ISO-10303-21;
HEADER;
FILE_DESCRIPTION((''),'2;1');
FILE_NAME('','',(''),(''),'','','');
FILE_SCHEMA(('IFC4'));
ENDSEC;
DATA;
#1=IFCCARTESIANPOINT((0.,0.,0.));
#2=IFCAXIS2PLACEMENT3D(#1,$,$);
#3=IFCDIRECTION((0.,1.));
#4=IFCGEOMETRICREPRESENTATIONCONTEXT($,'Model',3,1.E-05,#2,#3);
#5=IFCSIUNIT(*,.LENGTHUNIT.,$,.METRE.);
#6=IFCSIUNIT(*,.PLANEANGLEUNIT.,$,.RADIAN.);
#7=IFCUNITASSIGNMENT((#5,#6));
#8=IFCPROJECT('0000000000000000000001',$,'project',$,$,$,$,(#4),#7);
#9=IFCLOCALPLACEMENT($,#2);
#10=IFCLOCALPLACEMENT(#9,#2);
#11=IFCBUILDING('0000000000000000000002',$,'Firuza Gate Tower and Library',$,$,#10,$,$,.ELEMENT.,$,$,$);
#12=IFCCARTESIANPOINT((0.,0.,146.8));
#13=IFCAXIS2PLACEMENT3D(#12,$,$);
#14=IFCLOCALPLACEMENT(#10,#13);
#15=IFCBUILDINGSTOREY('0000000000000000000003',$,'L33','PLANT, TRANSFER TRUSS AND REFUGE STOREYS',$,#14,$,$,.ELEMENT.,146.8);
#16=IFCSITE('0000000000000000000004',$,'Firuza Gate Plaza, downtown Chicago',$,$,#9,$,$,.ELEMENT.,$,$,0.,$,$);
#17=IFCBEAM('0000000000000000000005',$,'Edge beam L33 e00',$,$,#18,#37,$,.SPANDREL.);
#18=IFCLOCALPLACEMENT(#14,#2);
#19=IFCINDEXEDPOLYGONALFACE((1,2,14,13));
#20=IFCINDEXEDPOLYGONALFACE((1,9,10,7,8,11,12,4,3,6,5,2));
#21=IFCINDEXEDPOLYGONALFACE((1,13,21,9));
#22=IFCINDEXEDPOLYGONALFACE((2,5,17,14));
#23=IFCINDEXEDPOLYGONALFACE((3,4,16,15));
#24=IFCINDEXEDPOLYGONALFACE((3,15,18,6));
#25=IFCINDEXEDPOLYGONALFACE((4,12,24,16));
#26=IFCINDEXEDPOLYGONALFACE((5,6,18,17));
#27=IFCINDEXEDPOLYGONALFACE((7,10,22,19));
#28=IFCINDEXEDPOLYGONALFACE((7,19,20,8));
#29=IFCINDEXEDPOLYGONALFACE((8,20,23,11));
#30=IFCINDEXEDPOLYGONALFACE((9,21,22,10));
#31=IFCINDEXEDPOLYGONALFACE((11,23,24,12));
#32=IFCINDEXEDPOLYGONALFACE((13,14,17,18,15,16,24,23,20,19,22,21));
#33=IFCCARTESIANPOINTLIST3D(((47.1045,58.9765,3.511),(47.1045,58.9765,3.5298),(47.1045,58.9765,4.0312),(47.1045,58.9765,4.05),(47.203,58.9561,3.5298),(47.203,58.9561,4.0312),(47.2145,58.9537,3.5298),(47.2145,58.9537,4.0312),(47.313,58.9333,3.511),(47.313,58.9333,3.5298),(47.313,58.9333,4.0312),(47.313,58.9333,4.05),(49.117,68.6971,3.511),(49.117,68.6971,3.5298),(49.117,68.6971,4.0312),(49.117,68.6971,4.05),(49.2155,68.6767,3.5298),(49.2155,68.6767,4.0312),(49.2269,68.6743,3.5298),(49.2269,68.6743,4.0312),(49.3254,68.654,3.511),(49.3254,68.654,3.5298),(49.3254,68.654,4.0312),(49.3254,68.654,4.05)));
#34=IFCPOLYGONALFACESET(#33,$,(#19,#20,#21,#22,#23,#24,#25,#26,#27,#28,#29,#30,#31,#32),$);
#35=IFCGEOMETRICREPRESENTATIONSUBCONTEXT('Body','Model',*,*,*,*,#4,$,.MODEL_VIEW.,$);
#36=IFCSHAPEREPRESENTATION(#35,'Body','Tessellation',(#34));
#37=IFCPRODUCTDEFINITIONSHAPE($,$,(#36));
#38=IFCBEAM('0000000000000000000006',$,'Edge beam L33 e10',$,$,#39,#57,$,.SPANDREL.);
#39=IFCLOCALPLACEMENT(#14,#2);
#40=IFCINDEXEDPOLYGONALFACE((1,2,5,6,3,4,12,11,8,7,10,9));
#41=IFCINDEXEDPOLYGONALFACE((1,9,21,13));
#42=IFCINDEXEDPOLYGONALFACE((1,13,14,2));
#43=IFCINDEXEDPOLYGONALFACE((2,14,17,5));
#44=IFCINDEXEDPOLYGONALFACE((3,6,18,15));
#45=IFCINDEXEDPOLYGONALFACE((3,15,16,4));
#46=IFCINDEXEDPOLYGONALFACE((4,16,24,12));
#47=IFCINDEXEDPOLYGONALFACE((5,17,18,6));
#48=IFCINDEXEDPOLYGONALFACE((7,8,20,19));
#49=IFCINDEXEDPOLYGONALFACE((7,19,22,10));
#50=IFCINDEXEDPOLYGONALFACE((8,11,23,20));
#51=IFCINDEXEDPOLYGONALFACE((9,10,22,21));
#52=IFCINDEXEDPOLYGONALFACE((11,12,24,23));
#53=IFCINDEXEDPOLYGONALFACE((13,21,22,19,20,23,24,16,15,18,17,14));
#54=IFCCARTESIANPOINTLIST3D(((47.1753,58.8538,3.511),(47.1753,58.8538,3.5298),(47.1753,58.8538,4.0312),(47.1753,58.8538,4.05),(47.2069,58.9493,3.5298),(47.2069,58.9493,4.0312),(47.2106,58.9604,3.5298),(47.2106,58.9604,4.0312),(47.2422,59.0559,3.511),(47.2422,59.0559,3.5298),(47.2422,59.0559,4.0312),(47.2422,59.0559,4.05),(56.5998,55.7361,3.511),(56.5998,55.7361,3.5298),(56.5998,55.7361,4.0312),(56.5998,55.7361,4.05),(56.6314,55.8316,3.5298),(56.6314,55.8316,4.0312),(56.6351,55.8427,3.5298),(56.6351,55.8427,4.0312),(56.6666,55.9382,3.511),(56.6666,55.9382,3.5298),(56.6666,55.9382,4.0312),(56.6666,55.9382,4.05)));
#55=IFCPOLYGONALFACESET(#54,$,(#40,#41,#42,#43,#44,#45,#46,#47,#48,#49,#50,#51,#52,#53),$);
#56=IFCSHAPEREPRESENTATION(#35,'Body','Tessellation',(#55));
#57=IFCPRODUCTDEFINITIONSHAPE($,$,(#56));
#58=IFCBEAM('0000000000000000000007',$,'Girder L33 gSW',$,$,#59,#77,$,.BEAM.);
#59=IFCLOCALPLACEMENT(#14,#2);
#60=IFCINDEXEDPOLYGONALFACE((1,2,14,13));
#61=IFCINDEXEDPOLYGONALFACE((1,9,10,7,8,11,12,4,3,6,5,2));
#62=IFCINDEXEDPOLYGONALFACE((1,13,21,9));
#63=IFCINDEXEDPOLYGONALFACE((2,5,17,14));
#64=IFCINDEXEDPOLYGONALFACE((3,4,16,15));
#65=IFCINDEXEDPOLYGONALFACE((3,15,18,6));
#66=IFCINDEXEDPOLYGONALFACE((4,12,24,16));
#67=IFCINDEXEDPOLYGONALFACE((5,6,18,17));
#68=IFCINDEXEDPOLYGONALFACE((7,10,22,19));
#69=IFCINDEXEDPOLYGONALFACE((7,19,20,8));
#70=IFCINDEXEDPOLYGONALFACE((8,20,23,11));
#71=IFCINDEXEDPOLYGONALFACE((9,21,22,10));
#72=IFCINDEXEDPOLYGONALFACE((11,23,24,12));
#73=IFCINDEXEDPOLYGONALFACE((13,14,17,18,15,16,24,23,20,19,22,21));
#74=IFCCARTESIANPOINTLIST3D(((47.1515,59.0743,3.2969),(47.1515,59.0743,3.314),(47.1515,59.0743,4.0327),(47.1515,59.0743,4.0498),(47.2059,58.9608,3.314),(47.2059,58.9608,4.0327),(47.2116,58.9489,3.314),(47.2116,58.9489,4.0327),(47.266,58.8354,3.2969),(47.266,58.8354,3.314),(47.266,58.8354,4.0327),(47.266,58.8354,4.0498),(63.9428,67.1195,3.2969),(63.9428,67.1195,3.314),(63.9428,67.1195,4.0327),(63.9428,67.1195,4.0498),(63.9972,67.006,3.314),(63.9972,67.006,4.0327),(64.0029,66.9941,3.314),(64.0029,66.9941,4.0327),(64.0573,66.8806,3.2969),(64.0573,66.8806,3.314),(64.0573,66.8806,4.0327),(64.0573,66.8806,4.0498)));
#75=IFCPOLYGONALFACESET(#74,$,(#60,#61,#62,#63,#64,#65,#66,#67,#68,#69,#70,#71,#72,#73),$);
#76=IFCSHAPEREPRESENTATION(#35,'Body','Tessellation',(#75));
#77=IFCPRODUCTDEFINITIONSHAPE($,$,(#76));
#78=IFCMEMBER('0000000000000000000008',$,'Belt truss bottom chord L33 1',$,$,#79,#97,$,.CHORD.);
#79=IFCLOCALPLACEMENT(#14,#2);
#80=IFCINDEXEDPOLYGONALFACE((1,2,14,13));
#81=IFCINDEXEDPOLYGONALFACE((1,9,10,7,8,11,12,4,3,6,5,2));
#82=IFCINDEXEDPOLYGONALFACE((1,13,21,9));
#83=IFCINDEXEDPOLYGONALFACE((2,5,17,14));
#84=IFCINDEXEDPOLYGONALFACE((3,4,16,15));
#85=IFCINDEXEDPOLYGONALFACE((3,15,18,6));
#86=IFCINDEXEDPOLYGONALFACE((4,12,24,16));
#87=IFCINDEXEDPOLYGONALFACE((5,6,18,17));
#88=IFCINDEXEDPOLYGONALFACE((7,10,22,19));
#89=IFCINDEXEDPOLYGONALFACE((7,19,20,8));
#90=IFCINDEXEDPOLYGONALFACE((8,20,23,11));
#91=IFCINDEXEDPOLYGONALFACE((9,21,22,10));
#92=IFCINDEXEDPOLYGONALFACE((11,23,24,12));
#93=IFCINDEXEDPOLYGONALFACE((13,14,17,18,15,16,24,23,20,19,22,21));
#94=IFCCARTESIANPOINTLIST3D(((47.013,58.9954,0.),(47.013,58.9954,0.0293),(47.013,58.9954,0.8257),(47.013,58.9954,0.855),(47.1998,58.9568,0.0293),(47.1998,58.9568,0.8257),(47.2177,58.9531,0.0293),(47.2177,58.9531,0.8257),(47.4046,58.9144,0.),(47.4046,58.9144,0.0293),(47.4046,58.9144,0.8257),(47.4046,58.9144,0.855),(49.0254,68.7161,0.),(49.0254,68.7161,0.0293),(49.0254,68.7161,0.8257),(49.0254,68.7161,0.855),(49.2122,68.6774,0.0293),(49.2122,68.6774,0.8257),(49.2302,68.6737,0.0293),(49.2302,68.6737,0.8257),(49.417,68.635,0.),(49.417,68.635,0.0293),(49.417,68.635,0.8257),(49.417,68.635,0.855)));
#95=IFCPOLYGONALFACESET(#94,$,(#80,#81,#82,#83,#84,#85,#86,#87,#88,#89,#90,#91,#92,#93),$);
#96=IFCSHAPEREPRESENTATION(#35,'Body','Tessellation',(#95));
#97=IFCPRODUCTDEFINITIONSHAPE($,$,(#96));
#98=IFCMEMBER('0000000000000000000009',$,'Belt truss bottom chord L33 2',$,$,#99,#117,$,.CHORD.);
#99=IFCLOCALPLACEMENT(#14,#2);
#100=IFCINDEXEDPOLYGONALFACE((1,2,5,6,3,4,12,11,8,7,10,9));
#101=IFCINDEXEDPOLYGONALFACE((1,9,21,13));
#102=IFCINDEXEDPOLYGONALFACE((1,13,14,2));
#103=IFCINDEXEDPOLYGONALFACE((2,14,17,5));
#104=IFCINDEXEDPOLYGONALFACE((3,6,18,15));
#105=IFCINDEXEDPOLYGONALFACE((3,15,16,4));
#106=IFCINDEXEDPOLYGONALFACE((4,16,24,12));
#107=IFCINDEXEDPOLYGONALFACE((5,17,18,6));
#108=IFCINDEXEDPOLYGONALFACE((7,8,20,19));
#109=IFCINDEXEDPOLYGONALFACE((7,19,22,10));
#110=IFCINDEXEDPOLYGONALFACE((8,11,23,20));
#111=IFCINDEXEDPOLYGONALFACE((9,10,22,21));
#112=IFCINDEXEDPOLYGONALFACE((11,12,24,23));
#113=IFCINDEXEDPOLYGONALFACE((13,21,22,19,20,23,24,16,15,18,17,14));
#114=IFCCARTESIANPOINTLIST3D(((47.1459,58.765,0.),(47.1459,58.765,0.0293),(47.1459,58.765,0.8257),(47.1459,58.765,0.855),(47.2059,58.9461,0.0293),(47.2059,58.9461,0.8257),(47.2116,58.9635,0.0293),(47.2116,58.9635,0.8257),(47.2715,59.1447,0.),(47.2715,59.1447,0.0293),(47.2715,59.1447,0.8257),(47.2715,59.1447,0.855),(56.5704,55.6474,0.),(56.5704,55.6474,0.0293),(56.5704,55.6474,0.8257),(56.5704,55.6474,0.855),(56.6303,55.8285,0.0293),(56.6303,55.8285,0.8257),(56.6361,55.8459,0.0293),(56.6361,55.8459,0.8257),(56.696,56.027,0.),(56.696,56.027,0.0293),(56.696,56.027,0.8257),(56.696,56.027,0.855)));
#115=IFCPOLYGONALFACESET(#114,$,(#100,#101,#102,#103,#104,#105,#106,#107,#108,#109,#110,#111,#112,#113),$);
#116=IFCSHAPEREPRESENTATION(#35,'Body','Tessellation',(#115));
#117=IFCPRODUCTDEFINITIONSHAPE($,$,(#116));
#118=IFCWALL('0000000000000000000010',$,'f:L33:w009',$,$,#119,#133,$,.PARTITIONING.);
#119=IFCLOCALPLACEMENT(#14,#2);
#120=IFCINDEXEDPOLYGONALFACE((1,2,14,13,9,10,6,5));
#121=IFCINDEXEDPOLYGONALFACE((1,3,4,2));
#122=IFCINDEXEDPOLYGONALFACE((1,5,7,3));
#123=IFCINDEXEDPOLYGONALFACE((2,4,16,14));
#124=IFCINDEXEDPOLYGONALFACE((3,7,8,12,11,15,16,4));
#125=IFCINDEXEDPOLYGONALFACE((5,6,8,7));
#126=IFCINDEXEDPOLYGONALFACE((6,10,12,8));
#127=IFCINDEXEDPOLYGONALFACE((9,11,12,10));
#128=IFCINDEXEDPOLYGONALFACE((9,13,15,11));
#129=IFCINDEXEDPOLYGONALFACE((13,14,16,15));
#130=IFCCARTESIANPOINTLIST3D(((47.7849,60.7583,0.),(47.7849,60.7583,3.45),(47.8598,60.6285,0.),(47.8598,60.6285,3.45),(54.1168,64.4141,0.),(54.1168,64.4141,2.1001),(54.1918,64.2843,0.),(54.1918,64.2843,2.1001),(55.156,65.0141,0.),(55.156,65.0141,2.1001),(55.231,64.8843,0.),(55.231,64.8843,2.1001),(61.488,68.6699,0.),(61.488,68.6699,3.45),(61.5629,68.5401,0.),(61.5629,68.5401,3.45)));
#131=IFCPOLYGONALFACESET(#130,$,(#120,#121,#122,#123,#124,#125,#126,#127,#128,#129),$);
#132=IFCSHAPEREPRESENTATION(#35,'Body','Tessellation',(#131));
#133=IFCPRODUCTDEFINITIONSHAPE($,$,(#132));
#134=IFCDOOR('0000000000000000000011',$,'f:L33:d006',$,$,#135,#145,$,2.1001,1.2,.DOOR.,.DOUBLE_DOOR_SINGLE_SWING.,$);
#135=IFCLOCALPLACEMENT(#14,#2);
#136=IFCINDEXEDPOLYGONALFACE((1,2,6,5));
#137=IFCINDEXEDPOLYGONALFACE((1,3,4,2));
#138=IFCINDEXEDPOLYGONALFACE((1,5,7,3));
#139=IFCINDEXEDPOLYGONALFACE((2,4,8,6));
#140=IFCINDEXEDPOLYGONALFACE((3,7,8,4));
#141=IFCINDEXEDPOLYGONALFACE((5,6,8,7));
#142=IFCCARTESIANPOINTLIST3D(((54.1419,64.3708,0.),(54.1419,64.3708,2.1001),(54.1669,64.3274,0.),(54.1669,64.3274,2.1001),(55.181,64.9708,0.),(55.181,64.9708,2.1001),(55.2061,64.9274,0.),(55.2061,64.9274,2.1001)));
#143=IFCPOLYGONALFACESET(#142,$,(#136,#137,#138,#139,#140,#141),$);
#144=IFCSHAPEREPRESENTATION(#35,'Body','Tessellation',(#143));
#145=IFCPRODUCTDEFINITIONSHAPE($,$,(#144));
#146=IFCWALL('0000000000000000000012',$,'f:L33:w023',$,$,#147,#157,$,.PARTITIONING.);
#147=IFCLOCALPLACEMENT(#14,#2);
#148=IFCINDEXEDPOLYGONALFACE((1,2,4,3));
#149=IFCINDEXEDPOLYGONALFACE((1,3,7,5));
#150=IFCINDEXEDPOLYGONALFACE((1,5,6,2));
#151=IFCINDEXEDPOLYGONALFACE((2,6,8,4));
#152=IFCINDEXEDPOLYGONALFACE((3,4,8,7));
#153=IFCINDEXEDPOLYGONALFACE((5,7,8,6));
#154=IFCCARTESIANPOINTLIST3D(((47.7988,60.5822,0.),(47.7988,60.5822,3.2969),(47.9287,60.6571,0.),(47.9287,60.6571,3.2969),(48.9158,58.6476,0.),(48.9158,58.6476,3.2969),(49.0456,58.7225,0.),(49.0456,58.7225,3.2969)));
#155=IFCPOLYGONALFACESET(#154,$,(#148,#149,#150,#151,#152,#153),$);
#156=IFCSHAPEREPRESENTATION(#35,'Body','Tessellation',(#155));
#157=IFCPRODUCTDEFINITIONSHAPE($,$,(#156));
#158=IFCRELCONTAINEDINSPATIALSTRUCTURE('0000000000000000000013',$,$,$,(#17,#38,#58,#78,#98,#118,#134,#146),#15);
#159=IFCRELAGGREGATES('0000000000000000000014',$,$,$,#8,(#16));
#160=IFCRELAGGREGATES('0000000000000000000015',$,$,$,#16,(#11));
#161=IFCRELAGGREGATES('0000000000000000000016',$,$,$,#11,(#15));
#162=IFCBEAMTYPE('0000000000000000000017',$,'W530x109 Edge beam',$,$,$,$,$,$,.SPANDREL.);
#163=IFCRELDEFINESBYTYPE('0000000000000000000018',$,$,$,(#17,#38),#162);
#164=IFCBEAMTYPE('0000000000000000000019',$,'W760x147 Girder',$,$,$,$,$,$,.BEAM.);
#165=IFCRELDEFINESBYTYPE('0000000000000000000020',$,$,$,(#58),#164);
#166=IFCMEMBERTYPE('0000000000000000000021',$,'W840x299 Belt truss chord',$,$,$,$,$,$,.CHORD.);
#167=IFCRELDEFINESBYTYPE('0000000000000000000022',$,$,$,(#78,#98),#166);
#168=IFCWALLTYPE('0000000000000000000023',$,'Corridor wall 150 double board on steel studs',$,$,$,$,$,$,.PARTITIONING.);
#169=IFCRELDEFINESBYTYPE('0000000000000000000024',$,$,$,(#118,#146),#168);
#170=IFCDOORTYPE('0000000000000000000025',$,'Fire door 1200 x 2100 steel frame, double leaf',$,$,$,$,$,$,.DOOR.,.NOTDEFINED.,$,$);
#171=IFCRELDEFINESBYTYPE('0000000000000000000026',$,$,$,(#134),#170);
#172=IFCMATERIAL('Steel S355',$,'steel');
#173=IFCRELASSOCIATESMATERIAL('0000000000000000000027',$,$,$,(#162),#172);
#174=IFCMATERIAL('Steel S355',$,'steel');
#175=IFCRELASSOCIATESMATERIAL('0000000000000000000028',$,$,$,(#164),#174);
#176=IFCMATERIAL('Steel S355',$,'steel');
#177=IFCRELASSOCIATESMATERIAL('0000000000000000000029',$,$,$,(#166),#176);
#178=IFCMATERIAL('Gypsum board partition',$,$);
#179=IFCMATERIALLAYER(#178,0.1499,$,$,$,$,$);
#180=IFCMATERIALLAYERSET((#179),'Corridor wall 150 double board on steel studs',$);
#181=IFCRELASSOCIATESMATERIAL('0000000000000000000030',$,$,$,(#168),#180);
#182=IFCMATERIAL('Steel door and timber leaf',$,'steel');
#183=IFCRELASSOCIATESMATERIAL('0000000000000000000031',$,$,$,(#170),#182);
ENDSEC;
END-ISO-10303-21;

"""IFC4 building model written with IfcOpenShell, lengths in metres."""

from ifc_helpers import new_model, si_unit, direction, frame, frame_2d, origin, origin_2d, place, context, subcontext, project, spatial, rectangle, i_section, extrude, material, layer, layer_set, material_profile, profile_set, type_object, element, fill, save


model = new_model("IFC4")

# Units and contexts
model_context = context("Model", 3, precision=1e-05, world=origin(), true_north=direction((0.0, 1.0)))
body_context = subcontext(model_context, "Body", "Model", "MODEL_VIEW")
ifc_project = project(units=[si_unit("LENGTHUNIT", "METRE"), si_unit("PLANEANGLEUNIT", "RADIAN")], contexts=[model_context])

# Site, building, storey
site_placement = place(None, origin())
site = spatial("IfcSite", under=ifc_project, at=site_placement, Name="Firuza Gate Plaza, downtown Chicago", CompositionType="ELEMENT", RefElevation=0.0)
building_placement = place(site_placement, origin())
building = spatial("IfcBuilding", under=site, at=building_placement, Name="Firuza Gate Tower and Library", CompositionType="ELEMENT")
storey_placement = place(building_placement, frame((0.0, 0.0, 146.8)))
storey = spatial("IfcBuildingStorey", under=building, at=storey_placement, Name="L33", Description="PLANT, TRANSFER TRUSS AND REFUGE STOREYS", CompositionType="ELEMENT", Elevation=146.8)

# Beams
ifc_material_1 = material(Name="Steel S355", Category="steel")
ifc_material_profile_1 = material_profile(ifc_material_1, i_section(OverallWidth=0.2129, OverallDepth=0.5391, WebThickness=0.0117, FlangeThickness=0.0188, at=origin_2d()))
ifc_profile_set_1 = profile_set([ifc_material_profile_1], Name="Steel S355")
beam_type_1 = type_object("IfcBeamType", Name="W530x109 Edge beam", PredefinedType="SPANDREL", material=ifc_profile_set_1)
for number, where, z_axis, x_axis, name in (
    (1, (49.2212, 68.6755, 3.7805), (-0.202728, -0.979235, 0.0), (0.979235, -0.202728, 0.0), "Edge beam L33 e00"),
    (2, (47.2087, 58.9548, 3.7805), (0.949401, -0.314065, 0.0), (0.314065, 0.949401, 0.0), "Edge beam L33 e10"),
):
    element("IfcBeam", number, at=place(storey_placement, frame(where, z_axis=z_axis, x_axis=x_axis)), inside=storey, type_object=beam_type_1, Name=name, PredefinedType="SPANDREL", context=body_context, shape_type="SweptSolid", body=[
        extrude(i_section(OverallWidth=0.2129, OverallDepth=0.5391, WebThickness=0.0117, FlangeThickness=0.0188, at=origin_2d()), origin(), (0.0, 0.0, 1.0), 9.9268),
    ])
ifc_material_2 = material(Name="Steel S355", Category="steel")
ifc_material_profile_2 = material_profile(ifc_material_2, i_section(OverallWidth=0.2649, OverallDepth=0.7529, WebThickness=0.0132, FlangeThickness=0.0171, at=origin_2d()))
ifc_profile_set_2 = profile_set([ifc_material_profile_2], Name="Steel S355")
beam_type_2 = type_object("IfcBeamType", Name="W760x147 Girder", PredefinedType="BEAM", material=ifc_profile_set_2)
beam_1_placement = place(storey_placement, frame((47.2087, 58.9548, 3.6733), z_axis=(0.90183, 0.432092, 0.0), x_axis=(-0.432092, 0.90183, 0.0)))
element("IfcBeam", 3, at=beam_1_placement, inside=storey, type_object=beam_type_2, Name="Girder L33 gSW", PredefinedType="BEAM", context=body_context, shape_type="SweptSolid", body=[
    extrude(i_section(OverallWidth=0.2649, OverallDepth=0.7529, WebThickness=0.0132, FlangeThickness=0.0171, at=origin_2d()), origin(), (0.0, 0.0, 1.0), 18.6191),
])

# Members
ifc_material_3 = material(Name="Steel S355", Category="steel")
ifc_material_profile_3 = material_profile(ifc_material_3, i_section(OverallWidth=0.3999, OverallDepth=0.855, WebThickness=0.0183, FlangeThickness=0.0293, at=origin_2d()))
ifc_profile_set_3 = profile_set([ifc_material_profile_3], Name="Steel S355")
member_type_1 = type_object("IfcMemberType", Name="W840x299 Belt truss chord", PredefinedType="CHORD", material=ifc_profile_set_3)
for number, where, z_axis, x_axis, name in (
    (4, (49.2212, 68.6755, 0.4275), (-0.202728, -0.979235, 0.0), (0.979235, -0.202728, 0.0), "Belt truss bottom chord L33 1"),
    (5, (47.2087, 58.9548, 0.4275), (0.949401, -0.314065, 0.0), (0.314065, 0.949401, 0.0), "Belt truss bottom chord L33 2"),
):
    element("IfcMember", number, at=place(storey_placement, frame(where, z_axis=z_axis, x_axis=x_axis)), inside=storey, type_object=member_type_1, Name=name, PredefinedType="CHORD", context=body_context, shape_type="SweptSolid", body=[
        extrude(i_section(OverallWidth=0.3999, OverallDepth=0.855, WebThickness=0.0183, FlangeThickness=0.0293, at=origin_2d()), origin(), (0.0, 0.0, 1.0), 9.9268),
    ])

# Wall, opening, door
ifc_material_4 = material(Name="Gypsum board partition")
ifc_layer_1 = layer(ifc_material_4, 0.1499)
ifc_layer_set_1 = layer_set([ifc_layer_1], Name="Corridor wall 150 double board on steel studs")
wall_type_1 = type_object("IfcWallType", Name="Corridor wall 150 double board on steel studs", PredefinedType="PARTITIONING", material=ifc_layer_set_1)
wall_1_placement = place(storey_placement, frame((47.8223, 60.6934, 0.0), z_axis=(0.0, 0.0, 1.0), x_axis=(0.866022, 0.500006, 0.0)))
wall_1 = element("IfcWall", 6, at=wall_1_placement, inside=storey, type_object=wall_type_1, Name="f:L33:w009", PredefinedType="PARTITIONING", context=body_context, shape_type="SweptSolid", body=[
    extrude(rectangle(XDim=15.823, YDim=0.1499, at=frame_2d((7.9116, 0.0))), origin(), (0.0, 0.0, 1.0), 3.45),
])
opening_1_placement = place(wall_1_placement, frame((7.3115, 0.0, 0.0)))
opening_1 = element("IfcOpeningElement", 7, at=opening_1_placement, cuts=wall_1, PredefinedType="OPENING", context=body_context, shape_type="SweptSolid", body=[
    extrude(rectangle(XDim=1.2, YDim=2.1001, at=frame_2d((0.6001, 1.05))), frame((0.0, 0.085, 0.0), z_axis=(0.0, -1.0, 0.0), x_axis=(1.0, 0.0, 0.0)), (0.0, 0.0, 1.0), 0.1699),
])
ifc_material_5 = material(Name="Steel door and timber leaf", Category="steel")
door_type = type_object("IfcDoorType", Name="Fire door 1200 x 2100 steel frame, double leaf", OperationType="NOTDEFINED", PredefinedType="DOOR", material=ifc_material_5)
door_placement = place(opening_1_placement, origin())
door = element("IfcDoor", 8, at=door_placement, inside=storey, type_object=door_type, Name="f:L33:d006", OperationType="DOUBLE_DOOR_SINGLE_SWING", OverallHeight=2.1001, OverallWidth=1.2, PredefinedType="DOOR", context=body_context, shape_type="SweptSolid", body=[
    extrude(rectangle(XDim=1.2, YDim=2.1001, at=frame_2d((0.6001, 1.05))), frame((0.0, 0.0249, 0.0), z_axis=(0.0, -1.0, 0.0), x_axis=(1.0, 0.0, 0.0)), (0.0, 0.0, 1.0), 0.05),
])
fill(opening_1, door)

# Wall
wall_2_placement = place(storey_placement, frame((48.9807, 58.6851, 0.0), z_axis=(0.0, 0.0, 1.0), x_axis=(-0.500006, 0.866022, 0.0)))
element("IfcWall", 9, at=wall_2_placement, inside=storey, type_object=wall_type_1, Name="f:L33:w023", PredefinedType="PARTITIONING", context=body_context, shape_type="SweptSolid", body=[
    extrude(rectangle(XDim=2.2339, YDim=0.1499, at=frame_2d((1.1169, 0.0))), origin(), (0.0, 0.0, 1.0), 3.2969),
])

save(model, "model.ifc")
